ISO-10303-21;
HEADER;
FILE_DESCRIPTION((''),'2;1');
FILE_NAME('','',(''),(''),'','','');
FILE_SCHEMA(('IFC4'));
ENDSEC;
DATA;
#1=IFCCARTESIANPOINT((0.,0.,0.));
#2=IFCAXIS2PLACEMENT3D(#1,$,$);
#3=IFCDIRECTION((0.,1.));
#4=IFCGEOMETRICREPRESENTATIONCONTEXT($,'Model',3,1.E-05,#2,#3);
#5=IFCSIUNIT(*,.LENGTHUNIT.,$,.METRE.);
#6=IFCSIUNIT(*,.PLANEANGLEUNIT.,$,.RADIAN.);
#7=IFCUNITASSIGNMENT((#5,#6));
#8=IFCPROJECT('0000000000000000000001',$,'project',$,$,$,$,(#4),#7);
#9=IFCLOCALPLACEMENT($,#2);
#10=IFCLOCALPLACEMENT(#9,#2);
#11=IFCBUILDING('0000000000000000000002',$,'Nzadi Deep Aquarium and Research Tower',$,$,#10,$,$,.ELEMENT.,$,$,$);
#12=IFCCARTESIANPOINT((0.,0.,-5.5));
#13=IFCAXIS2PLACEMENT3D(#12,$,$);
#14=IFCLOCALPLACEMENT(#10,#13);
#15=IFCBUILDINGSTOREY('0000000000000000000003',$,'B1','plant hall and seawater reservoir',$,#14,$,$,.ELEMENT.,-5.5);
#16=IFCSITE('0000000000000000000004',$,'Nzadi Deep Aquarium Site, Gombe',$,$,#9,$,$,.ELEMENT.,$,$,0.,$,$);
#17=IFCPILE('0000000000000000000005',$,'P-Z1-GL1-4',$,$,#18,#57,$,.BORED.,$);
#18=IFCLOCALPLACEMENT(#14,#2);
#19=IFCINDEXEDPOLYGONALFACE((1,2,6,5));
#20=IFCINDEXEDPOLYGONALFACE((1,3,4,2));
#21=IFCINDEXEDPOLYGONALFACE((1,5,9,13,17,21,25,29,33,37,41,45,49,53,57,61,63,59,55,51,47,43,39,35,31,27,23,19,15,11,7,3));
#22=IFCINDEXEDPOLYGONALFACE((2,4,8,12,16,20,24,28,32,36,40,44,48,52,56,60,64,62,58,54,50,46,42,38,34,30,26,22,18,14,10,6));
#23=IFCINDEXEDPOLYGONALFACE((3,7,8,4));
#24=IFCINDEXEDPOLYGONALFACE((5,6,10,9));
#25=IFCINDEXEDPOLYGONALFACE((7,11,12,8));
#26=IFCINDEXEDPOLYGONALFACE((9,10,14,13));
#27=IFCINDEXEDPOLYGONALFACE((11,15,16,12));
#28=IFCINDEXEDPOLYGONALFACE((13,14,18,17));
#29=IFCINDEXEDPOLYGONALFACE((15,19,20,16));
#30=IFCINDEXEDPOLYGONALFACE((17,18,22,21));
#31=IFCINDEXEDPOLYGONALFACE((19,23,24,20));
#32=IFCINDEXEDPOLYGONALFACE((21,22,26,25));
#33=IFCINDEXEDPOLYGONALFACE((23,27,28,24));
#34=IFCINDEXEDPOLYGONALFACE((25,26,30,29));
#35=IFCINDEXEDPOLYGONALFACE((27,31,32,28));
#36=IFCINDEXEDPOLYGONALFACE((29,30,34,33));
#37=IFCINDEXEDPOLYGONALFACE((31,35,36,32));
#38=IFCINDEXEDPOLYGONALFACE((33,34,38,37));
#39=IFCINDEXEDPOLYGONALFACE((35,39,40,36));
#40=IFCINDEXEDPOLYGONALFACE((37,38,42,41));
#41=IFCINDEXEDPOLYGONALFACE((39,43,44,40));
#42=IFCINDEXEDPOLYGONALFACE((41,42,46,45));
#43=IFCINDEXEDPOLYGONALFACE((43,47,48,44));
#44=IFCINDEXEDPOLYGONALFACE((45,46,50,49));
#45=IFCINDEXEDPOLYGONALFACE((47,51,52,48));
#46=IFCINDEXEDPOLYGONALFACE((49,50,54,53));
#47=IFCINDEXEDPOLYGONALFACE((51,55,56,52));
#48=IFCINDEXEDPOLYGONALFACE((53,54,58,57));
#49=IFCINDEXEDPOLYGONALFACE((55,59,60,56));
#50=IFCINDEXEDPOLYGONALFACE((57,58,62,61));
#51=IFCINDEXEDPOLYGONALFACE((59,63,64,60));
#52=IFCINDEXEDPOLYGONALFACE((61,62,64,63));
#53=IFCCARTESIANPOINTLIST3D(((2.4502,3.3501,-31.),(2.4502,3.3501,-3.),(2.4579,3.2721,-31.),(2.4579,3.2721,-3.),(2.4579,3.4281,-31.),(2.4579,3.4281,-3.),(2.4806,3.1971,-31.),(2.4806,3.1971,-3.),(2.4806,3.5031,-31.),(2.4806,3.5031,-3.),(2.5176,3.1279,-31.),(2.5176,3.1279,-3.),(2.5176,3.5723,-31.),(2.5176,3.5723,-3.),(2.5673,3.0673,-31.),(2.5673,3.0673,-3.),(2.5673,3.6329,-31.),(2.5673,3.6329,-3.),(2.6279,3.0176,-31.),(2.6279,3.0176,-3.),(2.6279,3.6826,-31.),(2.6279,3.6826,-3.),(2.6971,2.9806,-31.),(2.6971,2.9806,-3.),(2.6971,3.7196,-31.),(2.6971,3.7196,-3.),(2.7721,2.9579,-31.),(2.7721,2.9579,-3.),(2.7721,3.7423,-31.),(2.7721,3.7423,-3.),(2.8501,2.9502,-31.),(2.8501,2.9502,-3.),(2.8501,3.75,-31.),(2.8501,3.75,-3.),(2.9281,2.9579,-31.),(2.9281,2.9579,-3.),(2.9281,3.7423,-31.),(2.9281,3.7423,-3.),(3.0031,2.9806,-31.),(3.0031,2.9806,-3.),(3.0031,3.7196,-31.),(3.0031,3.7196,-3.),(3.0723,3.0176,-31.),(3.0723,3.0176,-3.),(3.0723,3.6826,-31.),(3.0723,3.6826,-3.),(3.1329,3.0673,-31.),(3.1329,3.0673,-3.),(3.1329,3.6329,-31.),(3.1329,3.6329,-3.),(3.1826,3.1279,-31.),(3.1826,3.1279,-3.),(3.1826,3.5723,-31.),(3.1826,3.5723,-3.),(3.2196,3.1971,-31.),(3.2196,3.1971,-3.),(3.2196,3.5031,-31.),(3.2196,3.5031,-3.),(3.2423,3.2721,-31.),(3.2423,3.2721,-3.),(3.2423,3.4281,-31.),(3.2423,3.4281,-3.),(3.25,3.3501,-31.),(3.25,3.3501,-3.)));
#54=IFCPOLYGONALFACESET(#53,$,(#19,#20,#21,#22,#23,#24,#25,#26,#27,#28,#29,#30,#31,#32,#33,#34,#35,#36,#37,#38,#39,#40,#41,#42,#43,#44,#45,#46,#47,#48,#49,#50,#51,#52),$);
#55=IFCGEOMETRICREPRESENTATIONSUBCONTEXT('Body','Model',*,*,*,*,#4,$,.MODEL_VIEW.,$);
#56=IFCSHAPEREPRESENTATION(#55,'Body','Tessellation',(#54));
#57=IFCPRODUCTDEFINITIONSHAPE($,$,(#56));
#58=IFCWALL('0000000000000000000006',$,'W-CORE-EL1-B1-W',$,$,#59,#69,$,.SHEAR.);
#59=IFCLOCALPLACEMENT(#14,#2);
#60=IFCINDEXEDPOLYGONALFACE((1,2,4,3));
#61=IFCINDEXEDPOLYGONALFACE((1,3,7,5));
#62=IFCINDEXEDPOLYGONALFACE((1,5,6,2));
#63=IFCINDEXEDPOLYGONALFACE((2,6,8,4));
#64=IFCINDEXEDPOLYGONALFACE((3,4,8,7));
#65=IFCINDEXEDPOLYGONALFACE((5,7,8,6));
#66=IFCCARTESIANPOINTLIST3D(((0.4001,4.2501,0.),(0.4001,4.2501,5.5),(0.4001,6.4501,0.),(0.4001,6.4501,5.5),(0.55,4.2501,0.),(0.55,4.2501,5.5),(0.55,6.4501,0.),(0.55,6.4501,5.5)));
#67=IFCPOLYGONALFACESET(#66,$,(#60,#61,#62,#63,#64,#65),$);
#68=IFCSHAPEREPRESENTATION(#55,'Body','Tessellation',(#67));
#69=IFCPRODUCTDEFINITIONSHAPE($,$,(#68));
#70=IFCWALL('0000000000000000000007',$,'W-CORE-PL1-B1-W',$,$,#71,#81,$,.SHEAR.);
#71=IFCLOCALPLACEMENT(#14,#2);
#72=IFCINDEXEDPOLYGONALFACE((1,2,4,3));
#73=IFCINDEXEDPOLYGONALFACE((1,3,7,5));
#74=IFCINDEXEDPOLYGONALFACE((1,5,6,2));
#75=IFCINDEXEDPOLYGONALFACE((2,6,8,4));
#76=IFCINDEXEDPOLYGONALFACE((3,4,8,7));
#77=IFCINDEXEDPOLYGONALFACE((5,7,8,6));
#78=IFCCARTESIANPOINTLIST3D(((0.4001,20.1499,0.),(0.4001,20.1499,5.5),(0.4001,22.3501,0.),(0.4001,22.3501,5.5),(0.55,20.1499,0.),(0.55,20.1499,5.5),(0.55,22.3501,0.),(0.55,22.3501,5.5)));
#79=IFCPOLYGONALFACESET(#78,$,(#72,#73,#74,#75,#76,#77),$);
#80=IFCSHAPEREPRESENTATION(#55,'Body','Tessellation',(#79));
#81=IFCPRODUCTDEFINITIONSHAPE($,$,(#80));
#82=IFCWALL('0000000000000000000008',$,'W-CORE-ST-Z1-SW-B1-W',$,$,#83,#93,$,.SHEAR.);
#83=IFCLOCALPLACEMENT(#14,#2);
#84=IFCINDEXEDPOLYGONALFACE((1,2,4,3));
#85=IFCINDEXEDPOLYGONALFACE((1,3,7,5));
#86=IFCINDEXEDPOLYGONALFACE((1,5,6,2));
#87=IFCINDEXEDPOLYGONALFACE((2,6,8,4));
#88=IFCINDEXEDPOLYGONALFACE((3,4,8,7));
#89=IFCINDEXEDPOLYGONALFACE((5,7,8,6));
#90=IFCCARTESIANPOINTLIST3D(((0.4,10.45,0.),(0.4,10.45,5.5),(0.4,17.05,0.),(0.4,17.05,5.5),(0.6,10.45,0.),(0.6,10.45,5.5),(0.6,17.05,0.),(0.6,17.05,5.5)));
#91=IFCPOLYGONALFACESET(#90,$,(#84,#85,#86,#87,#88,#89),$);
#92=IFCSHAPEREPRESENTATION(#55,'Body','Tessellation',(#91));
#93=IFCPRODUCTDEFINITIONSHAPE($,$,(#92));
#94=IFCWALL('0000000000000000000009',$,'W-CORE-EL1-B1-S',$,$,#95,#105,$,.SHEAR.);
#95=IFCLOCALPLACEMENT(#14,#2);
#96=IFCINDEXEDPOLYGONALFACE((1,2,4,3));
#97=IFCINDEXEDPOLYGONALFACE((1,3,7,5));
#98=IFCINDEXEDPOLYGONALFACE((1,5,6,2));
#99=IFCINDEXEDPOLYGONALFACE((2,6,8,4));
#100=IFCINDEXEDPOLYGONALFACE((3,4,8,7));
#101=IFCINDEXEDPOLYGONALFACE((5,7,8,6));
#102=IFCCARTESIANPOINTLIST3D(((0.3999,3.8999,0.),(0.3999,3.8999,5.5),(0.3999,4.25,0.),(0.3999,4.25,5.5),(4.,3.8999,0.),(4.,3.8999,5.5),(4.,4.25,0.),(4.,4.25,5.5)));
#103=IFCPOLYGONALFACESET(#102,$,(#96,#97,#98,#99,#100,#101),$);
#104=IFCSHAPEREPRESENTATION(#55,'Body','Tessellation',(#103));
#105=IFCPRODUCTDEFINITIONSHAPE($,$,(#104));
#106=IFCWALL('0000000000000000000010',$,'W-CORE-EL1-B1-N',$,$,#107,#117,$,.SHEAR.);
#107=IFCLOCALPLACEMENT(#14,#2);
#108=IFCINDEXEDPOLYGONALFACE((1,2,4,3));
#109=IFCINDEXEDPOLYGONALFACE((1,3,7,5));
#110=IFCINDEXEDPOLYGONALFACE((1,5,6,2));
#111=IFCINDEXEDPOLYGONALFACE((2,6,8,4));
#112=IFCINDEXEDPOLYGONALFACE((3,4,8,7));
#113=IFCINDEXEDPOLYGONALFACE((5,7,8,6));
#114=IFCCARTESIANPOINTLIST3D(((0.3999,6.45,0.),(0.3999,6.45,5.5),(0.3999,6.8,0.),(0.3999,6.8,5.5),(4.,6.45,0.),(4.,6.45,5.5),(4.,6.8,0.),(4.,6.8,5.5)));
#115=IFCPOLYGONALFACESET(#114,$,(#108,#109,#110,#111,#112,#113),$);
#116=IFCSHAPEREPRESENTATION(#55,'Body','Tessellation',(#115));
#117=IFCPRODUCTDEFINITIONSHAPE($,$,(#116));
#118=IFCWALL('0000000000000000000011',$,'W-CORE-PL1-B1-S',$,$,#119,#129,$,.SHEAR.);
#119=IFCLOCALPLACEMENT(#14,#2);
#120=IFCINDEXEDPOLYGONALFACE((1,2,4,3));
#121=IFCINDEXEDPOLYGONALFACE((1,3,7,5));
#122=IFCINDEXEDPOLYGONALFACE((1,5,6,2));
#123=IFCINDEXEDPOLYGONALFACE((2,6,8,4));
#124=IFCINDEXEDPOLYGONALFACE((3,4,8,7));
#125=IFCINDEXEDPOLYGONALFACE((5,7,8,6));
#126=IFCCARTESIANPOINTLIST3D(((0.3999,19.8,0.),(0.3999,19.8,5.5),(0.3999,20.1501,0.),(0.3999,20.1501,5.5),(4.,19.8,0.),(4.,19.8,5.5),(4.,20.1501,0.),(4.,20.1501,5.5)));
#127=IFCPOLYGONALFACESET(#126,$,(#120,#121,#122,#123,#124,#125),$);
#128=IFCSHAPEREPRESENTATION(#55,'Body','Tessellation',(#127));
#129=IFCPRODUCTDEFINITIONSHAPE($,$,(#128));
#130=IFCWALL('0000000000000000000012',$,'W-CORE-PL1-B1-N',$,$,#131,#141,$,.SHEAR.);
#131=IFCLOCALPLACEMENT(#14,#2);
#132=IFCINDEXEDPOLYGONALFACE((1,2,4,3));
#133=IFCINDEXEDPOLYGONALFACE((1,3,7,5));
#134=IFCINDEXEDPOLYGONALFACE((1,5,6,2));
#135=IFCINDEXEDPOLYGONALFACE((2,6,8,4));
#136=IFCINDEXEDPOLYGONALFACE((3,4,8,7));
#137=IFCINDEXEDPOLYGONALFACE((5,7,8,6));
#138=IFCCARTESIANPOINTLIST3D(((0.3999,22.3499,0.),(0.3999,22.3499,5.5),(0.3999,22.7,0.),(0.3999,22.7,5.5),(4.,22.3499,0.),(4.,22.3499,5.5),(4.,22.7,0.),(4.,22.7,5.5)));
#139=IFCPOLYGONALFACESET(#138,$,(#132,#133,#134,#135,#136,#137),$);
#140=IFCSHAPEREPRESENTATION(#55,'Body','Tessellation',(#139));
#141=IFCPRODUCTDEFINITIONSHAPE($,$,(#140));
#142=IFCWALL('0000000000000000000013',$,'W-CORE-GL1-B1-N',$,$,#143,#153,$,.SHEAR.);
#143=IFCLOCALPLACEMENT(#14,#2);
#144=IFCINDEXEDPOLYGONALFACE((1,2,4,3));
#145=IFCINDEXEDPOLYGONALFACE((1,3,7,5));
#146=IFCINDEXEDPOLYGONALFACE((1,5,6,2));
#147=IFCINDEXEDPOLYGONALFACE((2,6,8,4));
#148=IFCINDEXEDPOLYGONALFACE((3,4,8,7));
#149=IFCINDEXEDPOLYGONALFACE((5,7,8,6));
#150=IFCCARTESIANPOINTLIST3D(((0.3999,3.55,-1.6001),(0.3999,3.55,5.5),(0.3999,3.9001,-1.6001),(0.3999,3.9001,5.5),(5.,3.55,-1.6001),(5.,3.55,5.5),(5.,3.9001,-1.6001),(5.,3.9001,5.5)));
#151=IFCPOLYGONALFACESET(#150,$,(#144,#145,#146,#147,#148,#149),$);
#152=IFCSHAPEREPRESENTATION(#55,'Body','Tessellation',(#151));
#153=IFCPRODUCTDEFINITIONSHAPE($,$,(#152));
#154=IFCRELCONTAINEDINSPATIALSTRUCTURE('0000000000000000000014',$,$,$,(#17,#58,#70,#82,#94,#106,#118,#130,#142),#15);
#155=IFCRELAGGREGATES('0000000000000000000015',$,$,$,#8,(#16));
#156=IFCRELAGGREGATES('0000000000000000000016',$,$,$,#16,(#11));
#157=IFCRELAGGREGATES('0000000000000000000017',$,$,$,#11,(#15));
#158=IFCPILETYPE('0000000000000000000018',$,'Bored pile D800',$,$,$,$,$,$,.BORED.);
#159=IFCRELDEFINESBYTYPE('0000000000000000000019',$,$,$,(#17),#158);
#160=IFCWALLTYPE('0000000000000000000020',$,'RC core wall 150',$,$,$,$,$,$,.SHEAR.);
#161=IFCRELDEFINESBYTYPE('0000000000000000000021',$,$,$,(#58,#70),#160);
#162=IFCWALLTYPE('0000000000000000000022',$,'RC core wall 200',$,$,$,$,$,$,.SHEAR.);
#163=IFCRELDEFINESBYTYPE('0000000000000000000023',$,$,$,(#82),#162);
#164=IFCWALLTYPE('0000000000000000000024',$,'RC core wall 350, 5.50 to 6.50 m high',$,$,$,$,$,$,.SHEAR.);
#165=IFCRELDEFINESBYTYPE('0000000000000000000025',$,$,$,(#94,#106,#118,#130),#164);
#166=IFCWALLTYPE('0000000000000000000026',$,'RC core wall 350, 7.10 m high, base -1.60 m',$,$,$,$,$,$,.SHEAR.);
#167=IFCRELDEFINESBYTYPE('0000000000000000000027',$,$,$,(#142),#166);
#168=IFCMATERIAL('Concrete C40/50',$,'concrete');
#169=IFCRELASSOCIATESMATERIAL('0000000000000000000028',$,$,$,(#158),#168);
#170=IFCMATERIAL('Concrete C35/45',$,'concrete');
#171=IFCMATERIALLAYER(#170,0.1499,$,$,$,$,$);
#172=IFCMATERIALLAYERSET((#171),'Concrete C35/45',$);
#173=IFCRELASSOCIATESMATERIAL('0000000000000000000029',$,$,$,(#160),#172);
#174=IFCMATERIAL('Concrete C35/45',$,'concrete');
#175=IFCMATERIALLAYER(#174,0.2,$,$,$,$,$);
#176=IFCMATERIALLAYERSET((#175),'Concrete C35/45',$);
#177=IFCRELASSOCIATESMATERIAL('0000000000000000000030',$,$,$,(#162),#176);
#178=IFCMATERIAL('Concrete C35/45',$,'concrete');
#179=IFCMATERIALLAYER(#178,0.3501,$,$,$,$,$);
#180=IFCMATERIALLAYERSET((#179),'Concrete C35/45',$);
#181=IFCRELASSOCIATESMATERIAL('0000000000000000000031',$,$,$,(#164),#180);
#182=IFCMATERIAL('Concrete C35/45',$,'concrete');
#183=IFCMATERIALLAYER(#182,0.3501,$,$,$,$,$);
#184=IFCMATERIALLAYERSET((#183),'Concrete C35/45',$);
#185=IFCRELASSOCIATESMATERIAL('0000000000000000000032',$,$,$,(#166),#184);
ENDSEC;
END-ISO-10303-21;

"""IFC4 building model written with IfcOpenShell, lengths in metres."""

from ifc_helpers import new_model, si_unit, direction, frame, frame_2d, origin, origin_2d, place, context, subcontext, project, spatial, rectangle, circle, extrude, material, layer, layer_set, material_profile, profile_set, type_object, element, save


model = new_model("IFC4")

# Units and contexts
model_context = context("Model", 3, precision=1e-05, world=origin(), true_north=direction((0.0, 1.0)))
body_context = subcontext(model_context, "Body", "Model", "MODEL_VIEW")
ifc_project = project(units=[si_unit("LENGTHUNIT", "METRE"), si_unit("PLANEANGLEUNIT", "RADIAN")], contexts=[model_context])

# Site, building, storey
site_placement = place(None, origin())
site = spatial("IfcSite", under=ifc_project, at=site_placement, Name="Nzadi Deep Aquarium Site, Gombe", CompositionType="ELEMENT", RefElevation=0.0)
building_placement = place(site_placement, origin())
building = spatial("IfcBuilding", under=site, at=building_placement, Name="Nzadi Deep Aquarium and Research Tower", CompositionType="ELEMENT")
storey_placement = place(building_placement, frame((0.0, 0.0, -5.5)))
storey = spatial("IfcBuildingStorey", under=building, at=storey_placement, Name="B1", Description="plant hall and seawater reservoir", CompositionType="ELEMENT", Elevation=-5.5)

# Pile
ifc_material_1 = material(Name="Concrete C40/50", Category="concrete")
ifc_material_profile_1 = material_profile(ifc_material_1, circle(Radius=0.3999, at=origin_2d()))
ifc_profile_set_1 = profile_set([ifc_material_profile_1], Name="Concrete C40/50")
pile_type_1 = type_object("IfcPileType", Name="Bored pile D800", PredefinedType="BORED", material=ifc_profile_set_1)
for number, where, z_axis, x_axis, name in (
    (1, (2.8501, 3.3501, -3.0), (0.0, 0.0, -1.0), (1.0, 0.0, 0.0), "P-Z1-GL1-4"),
):
    element("IfcPile", number, at=place(storey_placement, frame(where, z_axis=z_axis, x_axis=x_axis)), inside=storey, type_object=pile_type_1, Name=name, PredefinedType="BORED", context=body_context, shape_type="SweptSolid", body=[
        extrude(circle(Radius=0.3999, at=origin_2d()), origin(), (0.0, 0.0, 1.0), 28.0),
    ])

# Walls
ifc_material_2 = material(Name="Concrete C35/45", Category="concrete")
ifc_layer_1 = layer(ifc_material_2, 0.1499)
ifc_layer_set_1 = layer_set([ifc_layer_1], Name="Concrete C35/45")
wall_type_1 = type_object("IfcWallType", Name="RC core wall 150", PredefinedType="SHEAR", material=ifc_layer_set_1)
wall_1_placement = place(storey_placement, frame((0.4751, 4.25, 0.0), z_axis=(0.0, 0.0, 1.0), x_axis=(0.0, 1.0, 0.0)))
element("IfcWall", 2, at=wall_1_placement, inside=storey, type_object=wall_type_1, Name="W-CORE-EL1-B1-W", PredefinedType="SHEAR", context=body_context, shape_type="SweptSolid", body=[
    extrude(rectangle(XDim=2.2, YDim=0.1499, at=frame_2d((1.1001, 0.0))), origin(), (0.0, 0.0, 1.0), 5.5),
])
wall_2_placement = place(storey_placement, frame((0.4751, 20.1499, 0.0), z_axis=(0.0, 0.0, 1.0), x_axis=(0.0, 1.0, 0.0)))
element("IfcWall", 3, at=wall_2_placement, inside=storey, type_object=wall_type_1, Name="W-CORE-PL1-B1-W", PredefinedType="SHEAR", context=body_context, shape_type="SweptSolid", body=[
    extrude(rectangle(XDim=2.2002, YDim=0.1499, at=frame_2d((1.1001, 0.0))), origin(), (0.0, 0.0, 1.0), 5.5),
])
ifc_material_3 = material(Name="Concrete C35/45", Category="concrete")
ifc_layer_2 = layer(ifc_material_3, 0.2)
ifc_layer_set_2 = layer_set([ifc_layer_2], Name="Concrete C35/45")
wall_type_2 = type_object("IfcWallType", Name="RC core wall 200", PredefinedType="SHEAR", material=ifc_layer_set_2)
wall_3_placement = place(storey_placement, frame((0.5, 10.45, 0.0), z_axis=(0.0, 0.0, 1.0), x_axis=(0.0, 1.0, 0.0)))
element("IfcWall", 4, at=wall_3_placement, inside=storey, type_object=wall_type_2, Name="W-CORE-ST-Z1-SW-B1-W", PredefinedType="SHEAR", context=body_context, shape_type="SweptSolid", body=[
    extrude(rectangle(XDim=6.6001, YDim=0.2, at=frame_2d((3.3, 0.0))), origin(), (0.0, 0.0, 1.0), 5.5),
])
ifc_material_4 = material(Name="Concrete C35/45", Category="concrete")
ifc_layer_3 = layer(ifc_material_4, 0.3501)
ifc_layer_set_3 = layer_set([ifc_layer_3], Name="Concrete C35/45")
wall_type_3 = type_object("IfcWallType", Name="RC core wall 350, 5.50 to 6.50 m high", PredefinedType="SHEAR", material=ifc_layer_set_3)
for number, where, z_axis, x_axis, name in (
    (5, (0.3999, 4.075, 0.0), (0.0, 0.0, 1.0), (1.0, 0.0, 0.0), "W-CORE-EL1-B1-S"),
    (6, (0.3999, 6.625, 0.0), (0.0, 0.0, 1.0), (1.0, 0.0, 0.0), "W-CORE-EL1-B1-N"),
    (7, (0.3999, 19.9751, 0.0), (0.0, 0.0, 1.0), (1.0, 0.0, 0.0), "W-CORE-PL1-B1-S"),
    (8, (0.3999, 22.5249, 0.0), (0.0, 0.0, 1.0), (1.0, 0.0, 0.0), "W-CORE-PL1-B1-N"),
):
    element("IfcWall", number, at=place(storey_placement, frame(where, z_axis=z_axis, x_axis=x_axis)), inside=storey, type_object=wall_type_3, Name=name, PredefinedType="SHEAR", context=body_context, shape_type="SweptSolid", body=[
        extrude(rectangle(XDim=3.6001, YDim=0.3501, at=frame_2d((1.8, 0.0))), origin(), (0.0, 0.0, 1.0), 5.5),
    ])
ifc_material_5 = material(Name="Concrete C35/45", Category="concrete")
ifc_layer_4 = layer(ifc_material_5, 0.3501)
ifc_layer_set_4 = layer_set([ifc_layer_4], Name="Concrete C35/45")
wall_type_4 = type_object("IfcWallType", Name="RC core wall 350, 7.10 m high, base -1.60 m", PredefinedType="SHEAR", material=ifc_layer_set_4)
wall_4_placement = place(storey_placement, frame((0.3999, 3.7251, -1.6001), z_axis=(0.0, 0.0, 1.0), x_axis=(1.0, 0.0, 0.0)))
element("IfcWall", 9, at=wall_4_placement, inside=storey, type_object=wall_type_4, Name="W-CORE-GL1-B1-N", PredefinedType="SHEAR", context=body_context, shape_type="SweptSolid", body=[
    extrude(rectangle(XDim=4.6001, YDim=0.3501, at=frame_2d((2.3, 0.0))), origin(), (0.0, 0.0, 1.0), 7.1001),
])

save(model, "model.ifc")
